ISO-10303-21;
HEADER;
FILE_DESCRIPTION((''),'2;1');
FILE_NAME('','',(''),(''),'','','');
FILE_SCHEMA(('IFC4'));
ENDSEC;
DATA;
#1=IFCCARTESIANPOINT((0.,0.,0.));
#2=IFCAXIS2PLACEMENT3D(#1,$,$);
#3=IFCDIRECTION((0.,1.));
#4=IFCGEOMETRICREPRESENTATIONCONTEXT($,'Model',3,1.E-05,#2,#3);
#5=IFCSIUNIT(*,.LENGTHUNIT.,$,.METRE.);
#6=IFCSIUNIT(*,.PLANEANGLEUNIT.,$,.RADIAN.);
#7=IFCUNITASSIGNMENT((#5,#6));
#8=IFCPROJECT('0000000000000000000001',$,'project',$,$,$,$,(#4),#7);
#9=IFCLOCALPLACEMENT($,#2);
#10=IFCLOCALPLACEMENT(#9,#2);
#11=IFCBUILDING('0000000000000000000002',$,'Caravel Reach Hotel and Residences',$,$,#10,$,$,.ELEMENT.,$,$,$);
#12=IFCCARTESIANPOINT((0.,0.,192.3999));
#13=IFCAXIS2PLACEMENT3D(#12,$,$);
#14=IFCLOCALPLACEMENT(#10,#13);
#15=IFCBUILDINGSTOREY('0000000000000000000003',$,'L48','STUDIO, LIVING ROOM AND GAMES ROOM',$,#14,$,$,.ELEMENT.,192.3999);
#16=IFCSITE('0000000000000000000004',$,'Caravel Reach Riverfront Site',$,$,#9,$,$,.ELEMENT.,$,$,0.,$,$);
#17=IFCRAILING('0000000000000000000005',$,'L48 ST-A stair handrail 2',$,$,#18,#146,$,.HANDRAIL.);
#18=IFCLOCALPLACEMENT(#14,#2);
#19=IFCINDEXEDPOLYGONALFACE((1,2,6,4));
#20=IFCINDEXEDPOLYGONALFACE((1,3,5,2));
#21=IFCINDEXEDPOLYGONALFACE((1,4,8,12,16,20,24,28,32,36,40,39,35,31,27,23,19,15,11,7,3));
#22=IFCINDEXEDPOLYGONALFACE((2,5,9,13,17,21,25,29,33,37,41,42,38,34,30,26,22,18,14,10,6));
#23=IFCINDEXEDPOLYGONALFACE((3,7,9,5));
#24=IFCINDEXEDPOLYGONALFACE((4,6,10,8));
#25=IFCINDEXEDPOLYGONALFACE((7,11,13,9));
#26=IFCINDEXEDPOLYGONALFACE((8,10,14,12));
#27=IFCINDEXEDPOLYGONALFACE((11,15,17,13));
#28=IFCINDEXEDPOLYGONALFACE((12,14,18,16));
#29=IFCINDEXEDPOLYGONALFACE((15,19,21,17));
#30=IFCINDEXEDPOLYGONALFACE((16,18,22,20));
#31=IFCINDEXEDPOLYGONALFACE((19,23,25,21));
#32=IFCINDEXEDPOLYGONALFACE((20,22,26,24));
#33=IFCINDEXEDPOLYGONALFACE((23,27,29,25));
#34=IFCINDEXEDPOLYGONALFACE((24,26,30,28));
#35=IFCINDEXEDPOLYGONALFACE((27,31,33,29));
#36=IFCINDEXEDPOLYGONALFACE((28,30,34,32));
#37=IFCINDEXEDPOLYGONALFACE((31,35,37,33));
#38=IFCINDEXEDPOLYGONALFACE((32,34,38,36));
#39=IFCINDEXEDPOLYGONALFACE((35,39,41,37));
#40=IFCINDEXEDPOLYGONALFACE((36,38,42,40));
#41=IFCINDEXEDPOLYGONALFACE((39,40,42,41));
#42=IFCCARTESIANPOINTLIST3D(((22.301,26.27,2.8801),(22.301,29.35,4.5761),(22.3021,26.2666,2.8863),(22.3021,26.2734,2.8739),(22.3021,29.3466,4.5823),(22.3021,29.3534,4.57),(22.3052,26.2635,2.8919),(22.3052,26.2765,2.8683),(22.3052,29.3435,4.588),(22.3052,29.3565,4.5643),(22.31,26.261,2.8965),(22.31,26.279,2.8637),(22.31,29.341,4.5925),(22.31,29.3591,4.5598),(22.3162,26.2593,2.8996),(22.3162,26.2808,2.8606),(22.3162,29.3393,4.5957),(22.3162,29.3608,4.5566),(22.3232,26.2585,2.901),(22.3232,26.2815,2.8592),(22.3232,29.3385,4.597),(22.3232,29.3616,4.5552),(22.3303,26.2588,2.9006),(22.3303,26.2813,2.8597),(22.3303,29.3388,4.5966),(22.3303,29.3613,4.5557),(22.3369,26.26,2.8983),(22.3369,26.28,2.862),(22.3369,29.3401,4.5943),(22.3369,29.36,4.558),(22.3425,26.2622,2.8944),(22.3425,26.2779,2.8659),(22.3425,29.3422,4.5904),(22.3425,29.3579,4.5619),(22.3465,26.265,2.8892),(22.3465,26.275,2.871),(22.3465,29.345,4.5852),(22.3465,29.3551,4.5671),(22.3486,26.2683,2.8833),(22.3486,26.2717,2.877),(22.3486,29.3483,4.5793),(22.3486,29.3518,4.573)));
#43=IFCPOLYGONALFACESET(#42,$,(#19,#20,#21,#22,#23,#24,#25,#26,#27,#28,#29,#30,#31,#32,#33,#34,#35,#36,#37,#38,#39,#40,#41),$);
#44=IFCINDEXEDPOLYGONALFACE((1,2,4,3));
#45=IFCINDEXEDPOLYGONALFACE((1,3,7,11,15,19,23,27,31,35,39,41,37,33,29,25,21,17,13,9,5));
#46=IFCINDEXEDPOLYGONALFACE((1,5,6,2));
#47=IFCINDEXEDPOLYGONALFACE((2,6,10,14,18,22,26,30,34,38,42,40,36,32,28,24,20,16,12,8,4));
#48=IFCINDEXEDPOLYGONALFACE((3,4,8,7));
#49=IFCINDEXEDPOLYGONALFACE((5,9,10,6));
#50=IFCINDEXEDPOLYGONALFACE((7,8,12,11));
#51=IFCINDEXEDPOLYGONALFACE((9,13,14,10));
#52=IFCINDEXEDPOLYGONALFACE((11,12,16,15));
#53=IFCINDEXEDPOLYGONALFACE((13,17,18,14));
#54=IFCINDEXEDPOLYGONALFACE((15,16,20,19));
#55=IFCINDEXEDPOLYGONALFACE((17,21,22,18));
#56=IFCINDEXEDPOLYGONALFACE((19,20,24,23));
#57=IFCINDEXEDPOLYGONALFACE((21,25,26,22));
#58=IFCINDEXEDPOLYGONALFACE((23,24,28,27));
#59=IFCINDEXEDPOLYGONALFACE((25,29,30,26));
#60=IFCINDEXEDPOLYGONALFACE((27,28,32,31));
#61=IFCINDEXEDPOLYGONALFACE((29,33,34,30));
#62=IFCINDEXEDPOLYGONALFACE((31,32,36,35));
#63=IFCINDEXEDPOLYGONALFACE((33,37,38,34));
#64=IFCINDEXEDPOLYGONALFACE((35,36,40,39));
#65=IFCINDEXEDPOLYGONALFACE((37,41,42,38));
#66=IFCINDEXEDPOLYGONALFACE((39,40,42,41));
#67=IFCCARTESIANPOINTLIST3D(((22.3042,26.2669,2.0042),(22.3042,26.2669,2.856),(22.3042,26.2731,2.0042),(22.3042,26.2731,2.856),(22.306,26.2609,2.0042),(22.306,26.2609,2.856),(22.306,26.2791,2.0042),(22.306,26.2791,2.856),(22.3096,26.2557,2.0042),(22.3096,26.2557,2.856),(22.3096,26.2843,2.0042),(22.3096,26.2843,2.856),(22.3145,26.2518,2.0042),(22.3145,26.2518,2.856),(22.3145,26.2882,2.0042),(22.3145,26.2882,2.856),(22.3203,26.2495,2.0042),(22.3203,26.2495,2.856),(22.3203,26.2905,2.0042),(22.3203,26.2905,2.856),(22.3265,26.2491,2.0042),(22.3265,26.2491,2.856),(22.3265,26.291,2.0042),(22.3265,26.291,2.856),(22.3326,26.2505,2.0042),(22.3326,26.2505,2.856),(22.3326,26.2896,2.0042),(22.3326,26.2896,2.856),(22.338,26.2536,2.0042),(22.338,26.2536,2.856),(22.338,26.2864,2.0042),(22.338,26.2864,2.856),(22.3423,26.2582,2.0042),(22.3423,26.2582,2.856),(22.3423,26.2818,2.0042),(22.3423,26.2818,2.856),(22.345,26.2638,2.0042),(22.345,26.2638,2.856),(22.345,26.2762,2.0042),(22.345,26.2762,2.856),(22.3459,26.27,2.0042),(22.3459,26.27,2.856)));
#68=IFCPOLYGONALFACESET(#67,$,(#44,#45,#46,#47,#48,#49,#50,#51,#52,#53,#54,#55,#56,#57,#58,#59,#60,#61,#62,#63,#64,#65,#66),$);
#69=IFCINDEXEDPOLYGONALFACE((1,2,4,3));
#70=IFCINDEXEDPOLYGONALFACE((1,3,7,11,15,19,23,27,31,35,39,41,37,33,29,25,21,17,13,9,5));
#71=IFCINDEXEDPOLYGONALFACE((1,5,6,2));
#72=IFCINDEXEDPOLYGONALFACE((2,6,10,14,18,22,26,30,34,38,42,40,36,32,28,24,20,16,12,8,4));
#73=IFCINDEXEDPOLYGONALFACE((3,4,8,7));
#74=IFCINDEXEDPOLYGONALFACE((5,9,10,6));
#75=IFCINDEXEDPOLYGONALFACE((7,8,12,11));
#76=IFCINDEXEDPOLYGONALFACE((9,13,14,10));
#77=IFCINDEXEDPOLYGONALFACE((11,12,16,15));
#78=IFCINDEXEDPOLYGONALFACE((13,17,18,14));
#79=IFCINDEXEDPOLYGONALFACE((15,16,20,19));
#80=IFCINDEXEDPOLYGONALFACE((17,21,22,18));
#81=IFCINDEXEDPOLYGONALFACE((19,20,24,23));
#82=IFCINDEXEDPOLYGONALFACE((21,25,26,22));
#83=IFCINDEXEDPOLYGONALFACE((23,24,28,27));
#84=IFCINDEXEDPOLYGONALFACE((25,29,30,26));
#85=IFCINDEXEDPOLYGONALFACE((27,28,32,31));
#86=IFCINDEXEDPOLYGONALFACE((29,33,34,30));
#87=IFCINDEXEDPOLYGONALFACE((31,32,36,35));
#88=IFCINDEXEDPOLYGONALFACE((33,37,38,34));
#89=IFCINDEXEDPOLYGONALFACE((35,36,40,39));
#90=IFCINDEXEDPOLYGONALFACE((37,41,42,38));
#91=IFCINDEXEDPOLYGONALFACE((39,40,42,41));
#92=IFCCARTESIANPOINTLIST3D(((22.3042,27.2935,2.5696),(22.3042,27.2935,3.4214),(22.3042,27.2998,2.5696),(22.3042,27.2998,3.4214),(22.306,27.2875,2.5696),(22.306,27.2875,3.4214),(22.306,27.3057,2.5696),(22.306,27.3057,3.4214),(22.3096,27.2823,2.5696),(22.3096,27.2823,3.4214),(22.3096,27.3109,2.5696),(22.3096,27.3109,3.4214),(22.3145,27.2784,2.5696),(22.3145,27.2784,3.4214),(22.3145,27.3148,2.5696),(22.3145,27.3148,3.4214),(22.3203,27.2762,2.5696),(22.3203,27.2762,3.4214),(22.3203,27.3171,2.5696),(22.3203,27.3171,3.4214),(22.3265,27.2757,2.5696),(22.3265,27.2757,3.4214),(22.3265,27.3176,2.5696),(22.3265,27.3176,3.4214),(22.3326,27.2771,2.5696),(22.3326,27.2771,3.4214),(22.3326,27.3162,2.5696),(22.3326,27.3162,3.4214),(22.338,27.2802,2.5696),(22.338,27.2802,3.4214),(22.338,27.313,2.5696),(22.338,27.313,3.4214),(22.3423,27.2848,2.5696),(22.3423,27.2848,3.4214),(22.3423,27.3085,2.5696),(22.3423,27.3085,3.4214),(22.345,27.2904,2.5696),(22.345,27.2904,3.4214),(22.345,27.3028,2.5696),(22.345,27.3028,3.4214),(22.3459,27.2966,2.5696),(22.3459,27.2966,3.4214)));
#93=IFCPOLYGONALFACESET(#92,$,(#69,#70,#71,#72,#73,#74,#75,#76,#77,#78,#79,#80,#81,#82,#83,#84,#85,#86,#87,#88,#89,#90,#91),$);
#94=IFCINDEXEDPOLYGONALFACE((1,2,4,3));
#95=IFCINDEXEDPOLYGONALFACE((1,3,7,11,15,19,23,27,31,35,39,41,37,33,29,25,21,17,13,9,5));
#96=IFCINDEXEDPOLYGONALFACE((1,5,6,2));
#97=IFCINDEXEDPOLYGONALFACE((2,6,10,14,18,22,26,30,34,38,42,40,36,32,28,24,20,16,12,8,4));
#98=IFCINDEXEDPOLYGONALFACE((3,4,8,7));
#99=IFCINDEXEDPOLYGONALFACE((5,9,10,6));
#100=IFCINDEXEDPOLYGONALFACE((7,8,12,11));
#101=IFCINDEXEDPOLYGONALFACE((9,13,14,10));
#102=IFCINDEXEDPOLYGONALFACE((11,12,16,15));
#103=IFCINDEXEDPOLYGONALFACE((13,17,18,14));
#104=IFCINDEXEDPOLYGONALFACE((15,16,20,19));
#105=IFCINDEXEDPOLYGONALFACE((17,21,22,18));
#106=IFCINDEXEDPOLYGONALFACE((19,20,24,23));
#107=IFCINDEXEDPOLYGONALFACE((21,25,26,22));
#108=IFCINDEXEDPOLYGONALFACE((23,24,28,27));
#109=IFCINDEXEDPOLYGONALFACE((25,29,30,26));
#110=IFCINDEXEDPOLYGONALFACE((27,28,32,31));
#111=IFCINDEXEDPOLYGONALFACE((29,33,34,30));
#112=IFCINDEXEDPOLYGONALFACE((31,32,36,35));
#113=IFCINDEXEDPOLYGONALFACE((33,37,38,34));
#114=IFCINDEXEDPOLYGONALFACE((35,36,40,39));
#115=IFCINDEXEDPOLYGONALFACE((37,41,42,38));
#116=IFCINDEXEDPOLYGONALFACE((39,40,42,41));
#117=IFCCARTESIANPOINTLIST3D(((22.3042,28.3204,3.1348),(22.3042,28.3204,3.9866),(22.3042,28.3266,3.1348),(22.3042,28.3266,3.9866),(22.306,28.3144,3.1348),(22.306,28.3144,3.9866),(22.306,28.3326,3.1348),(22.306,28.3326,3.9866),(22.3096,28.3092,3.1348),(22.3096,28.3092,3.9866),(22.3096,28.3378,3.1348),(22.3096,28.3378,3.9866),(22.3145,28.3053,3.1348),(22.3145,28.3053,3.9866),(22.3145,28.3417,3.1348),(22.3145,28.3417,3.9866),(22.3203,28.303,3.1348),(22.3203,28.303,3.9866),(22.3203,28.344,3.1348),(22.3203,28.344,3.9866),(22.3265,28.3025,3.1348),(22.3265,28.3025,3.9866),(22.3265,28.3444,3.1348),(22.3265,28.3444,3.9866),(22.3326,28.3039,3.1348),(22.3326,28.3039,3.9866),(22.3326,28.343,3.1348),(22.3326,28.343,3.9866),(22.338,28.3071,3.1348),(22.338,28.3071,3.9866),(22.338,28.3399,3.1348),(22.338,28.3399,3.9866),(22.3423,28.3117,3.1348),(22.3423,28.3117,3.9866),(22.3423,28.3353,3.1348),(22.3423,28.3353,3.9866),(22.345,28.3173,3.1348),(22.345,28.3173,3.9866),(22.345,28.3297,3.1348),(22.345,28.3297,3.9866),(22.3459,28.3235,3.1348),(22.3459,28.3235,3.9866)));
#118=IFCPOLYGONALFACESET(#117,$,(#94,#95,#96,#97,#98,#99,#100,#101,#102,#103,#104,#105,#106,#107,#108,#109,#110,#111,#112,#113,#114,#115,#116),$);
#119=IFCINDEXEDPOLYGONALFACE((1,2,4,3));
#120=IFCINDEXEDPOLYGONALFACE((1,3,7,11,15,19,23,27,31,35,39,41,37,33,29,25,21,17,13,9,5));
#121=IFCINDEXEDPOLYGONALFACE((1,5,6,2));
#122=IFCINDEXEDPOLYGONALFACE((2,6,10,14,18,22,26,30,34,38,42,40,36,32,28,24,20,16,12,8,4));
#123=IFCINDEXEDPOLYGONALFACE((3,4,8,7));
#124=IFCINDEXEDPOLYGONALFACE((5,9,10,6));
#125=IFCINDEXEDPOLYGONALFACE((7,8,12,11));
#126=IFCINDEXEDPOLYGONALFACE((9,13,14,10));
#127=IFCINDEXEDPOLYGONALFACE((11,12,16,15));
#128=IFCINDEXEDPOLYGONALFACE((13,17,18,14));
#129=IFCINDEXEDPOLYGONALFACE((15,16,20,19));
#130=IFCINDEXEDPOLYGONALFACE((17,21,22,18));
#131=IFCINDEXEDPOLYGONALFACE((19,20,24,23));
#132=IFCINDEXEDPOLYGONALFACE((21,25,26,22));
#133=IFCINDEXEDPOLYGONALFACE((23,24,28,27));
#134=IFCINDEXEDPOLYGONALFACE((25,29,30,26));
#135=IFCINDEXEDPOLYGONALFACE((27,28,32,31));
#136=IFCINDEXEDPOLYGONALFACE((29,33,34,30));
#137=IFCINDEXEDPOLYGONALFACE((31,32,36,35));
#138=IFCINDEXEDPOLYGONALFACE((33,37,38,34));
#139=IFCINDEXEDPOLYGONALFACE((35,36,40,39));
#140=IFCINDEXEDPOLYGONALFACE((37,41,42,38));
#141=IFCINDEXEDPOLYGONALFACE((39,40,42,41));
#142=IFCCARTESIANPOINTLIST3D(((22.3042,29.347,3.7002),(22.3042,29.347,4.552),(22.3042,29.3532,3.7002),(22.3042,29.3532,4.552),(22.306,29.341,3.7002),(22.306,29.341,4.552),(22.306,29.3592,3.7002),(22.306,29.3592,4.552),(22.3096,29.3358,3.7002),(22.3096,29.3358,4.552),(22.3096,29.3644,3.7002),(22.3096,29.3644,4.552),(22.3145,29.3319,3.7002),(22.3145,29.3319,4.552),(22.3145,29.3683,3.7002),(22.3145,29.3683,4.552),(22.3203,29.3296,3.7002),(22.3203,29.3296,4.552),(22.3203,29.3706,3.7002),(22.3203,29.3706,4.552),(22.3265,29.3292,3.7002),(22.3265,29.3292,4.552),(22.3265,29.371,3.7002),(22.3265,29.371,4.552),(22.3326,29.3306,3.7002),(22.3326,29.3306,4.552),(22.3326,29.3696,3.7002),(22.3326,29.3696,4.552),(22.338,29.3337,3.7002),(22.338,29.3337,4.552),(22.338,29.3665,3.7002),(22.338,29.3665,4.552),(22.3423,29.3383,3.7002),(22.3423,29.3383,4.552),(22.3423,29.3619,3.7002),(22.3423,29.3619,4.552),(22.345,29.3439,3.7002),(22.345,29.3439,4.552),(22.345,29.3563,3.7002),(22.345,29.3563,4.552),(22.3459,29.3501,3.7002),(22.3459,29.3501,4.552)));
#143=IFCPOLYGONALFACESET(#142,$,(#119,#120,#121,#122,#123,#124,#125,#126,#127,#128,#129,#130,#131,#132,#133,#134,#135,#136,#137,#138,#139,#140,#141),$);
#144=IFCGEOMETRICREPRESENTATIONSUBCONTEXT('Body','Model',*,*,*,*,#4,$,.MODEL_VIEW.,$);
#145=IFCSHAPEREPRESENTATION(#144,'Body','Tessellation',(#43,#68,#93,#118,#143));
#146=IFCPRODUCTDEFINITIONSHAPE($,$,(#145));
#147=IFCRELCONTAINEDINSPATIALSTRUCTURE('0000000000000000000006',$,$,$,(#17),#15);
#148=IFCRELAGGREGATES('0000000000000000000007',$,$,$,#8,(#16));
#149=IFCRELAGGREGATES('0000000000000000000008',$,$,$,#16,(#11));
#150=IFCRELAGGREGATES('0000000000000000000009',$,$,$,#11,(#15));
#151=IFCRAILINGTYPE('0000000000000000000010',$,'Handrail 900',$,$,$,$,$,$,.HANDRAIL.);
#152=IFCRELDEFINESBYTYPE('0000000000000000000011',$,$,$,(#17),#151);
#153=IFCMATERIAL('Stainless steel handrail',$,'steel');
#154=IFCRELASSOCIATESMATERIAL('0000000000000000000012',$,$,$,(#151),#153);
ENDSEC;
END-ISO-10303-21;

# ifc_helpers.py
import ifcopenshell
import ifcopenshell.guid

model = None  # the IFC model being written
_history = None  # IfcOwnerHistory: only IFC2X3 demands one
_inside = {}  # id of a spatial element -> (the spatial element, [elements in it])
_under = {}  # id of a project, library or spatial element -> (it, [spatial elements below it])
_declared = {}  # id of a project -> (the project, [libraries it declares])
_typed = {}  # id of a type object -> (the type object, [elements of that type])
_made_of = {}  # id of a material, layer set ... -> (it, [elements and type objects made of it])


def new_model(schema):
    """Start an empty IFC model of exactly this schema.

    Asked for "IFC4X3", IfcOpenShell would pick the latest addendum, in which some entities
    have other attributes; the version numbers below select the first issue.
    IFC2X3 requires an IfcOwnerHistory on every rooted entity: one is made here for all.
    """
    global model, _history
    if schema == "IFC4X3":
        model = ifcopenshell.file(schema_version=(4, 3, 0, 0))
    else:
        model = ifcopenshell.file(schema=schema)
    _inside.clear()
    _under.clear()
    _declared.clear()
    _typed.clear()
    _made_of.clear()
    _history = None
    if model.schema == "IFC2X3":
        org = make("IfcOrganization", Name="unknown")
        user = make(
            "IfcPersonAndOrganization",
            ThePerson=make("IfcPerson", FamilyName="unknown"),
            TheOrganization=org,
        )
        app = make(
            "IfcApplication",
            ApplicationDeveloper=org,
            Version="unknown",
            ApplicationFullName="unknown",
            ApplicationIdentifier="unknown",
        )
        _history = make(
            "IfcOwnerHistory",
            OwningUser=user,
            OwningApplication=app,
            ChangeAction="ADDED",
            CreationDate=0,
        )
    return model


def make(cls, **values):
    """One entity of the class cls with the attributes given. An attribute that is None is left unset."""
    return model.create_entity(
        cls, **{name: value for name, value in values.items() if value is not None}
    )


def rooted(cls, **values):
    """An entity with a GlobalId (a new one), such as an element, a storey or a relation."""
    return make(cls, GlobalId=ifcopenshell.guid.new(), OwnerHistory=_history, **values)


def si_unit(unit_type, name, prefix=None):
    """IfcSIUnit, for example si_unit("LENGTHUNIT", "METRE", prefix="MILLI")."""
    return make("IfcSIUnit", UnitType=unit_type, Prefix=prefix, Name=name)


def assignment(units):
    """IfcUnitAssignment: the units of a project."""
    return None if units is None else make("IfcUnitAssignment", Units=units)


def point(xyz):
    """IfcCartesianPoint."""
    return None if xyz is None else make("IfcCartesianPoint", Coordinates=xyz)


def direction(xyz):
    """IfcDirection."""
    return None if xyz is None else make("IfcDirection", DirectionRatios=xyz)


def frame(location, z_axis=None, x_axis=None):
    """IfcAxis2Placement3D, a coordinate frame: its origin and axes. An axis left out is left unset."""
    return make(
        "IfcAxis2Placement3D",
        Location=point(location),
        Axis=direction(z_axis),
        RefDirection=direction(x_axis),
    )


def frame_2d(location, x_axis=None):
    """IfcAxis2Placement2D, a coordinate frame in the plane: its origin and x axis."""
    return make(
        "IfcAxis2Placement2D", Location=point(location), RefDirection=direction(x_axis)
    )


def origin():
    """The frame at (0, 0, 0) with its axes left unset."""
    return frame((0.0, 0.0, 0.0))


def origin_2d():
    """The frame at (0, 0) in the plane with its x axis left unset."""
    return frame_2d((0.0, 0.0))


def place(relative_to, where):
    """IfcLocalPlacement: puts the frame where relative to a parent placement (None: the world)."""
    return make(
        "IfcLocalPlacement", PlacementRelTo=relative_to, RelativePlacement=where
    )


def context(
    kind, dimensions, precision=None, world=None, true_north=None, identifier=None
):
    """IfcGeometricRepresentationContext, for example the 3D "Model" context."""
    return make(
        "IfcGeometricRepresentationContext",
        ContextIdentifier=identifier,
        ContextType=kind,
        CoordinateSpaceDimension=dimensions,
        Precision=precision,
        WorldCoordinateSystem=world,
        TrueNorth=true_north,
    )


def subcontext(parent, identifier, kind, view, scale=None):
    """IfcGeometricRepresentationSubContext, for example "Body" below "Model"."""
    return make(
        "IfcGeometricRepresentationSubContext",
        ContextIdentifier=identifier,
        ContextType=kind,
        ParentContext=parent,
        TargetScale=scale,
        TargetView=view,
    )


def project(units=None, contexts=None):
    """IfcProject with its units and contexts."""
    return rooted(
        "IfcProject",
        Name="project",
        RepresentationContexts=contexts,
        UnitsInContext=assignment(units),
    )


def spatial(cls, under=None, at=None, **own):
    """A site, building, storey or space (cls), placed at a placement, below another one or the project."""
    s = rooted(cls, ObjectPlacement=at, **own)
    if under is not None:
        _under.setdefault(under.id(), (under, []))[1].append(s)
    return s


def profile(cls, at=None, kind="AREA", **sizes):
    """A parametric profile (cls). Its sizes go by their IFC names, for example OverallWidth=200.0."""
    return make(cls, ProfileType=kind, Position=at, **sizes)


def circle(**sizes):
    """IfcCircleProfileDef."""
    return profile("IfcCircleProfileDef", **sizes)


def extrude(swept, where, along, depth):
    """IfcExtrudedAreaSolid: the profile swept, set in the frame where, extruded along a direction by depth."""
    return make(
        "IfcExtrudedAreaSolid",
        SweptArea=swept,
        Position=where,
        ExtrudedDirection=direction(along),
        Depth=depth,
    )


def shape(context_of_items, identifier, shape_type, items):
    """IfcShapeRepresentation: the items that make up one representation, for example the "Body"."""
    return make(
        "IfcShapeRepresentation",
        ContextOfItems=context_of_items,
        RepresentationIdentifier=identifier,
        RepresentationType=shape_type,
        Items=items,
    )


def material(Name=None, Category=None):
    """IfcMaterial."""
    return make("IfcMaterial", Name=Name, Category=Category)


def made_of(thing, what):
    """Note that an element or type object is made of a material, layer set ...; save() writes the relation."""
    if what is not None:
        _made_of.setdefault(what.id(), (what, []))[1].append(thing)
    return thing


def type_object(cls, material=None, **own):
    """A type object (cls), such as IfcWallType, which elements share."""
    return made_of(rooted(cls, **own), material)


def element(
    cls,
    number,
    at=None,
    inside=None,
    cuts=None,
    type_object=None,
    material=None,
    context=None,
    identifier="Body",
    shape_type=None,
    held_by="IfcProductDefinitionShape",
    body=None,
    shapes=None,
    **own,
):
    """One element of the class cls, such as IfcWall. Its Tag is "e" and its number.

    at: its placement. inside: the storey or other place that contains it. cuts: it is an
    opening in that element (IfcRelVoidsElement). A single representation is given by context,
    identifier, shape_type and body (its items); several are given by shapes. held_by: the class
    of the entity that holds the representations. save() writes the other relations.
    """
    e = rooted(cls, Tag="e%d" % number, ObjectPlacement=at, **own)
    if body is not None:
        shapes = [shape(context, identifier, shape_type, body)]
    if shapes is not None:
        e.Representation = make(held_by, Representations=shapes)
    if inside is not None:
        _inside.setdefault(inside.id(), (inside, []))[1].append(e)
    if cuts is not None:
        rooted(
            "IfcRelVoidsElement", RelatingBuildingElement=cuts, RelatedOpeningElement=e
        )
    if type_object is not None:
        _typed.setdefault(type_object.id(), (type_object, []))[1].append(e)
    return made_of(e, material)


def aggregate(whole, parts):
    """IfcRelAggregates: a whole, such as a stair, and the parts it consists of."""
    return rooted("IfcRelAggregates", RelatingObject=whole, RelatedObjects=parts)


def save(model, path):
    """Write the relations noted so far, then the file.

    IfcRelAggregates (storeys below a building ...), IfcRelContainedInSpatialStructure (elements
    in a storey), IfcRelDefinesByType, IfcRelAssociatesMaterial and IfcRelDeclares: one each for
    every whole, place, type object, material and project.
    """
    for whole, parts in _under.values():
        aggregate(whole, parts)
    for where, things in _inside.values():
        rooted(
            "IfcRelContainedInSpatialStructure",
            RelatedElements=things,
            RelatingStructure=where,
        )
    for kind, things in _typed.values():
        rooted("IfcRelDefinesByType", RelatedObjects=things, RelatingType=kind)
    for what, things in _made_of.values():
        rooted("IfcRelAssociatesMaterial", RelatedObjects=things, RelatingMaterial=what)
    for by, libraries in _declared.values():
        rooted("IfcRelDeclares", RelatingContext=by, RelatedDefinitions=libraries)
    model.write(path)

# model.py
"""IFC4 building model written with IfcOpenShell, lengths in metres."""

from ifc_helpers import new_model, si_unit, direction, frame, origin, origin_2d, place, context, subcontext, project, spatial, circle, extrude, material, type_object, element, save


model = new_model("IFC4")

# Units and contexts
model_context = context("Model", 3, precision=1e-05, world=origin(), true_north=direction((0.0, 1.0)))
body_context = subcontext(model_context, "Body", "Model", "MODEL_VIEW")
ifc_project = project(units=[si_unit("LENGTHUNIT", "METRE"), si_unit("PLANEANGLEUNIT", "RADIAN")], contexts=[model_context])

# Site, building, storey
site_placement = place(None, origin())
site = spatial("IfcSite", under=ifc_project, at=site_placement, Name="Caravel Reach Riverfront Site", CompositionType="ELEMENT", RefElevation=0.0)
building_placement = place(site_placement, origin())
building = spatial("IfcBuilding", under=site, at=building_placement, Name="Caravel Reach Hotel and Residences", CompositionType="ELEMENT")
storey_placement = place(building_placement, frame((0.0, 0.0, 192.3999)))
storey = spatial("IfcBuildingStorey", under=building, at=storey_placement, Name="L48", Description="STUDIO, LIVING ROOM AND GAMES ROOM", CompositionType="ELEMENT", Elevation=192.3999)

# Railing
ifc_material_1 = material(Name="Stainless steel handrail", Category="steel")
railing_type_1 = type_object("IfcRailingType", Name="Handrail 900", PredefinedType="HANDRAIL", material=ifc_material_1)
railing_1_placement = place(storey_placement, frame((22.325, 26.27, 2.0042)))
element("IfcRailing", 1, at=railing_1_placement, inside=storey, type_object=railing_type_1, Name="L48 ST-A stair handrail 2", PredefinedType="HANDRAIL", context=body_context, shape_type="SweptSolid", body=[
    extrude(circle(Radius=0.0239, at=origin_2d()), frame((0.0, 0.0, 0.876), z_axis=(0.0, 0.875975, 0.482356), x_axis=(-1.0, 0.0, 0.0)), (0.0, 0.0, 1.0), 3.5161),
    extrude(circle(Radius=0.021, at=origin_2d()), origin(), (0.0, 0.0, 1.0), 0.8518),
    extrude(circle(Radius=0.021, at=origin_2d()), frame((0.0, 1.0266, 0.5654)), (0.0, 0.0, 1.0), 0.8518),
    extrude(circle(Radius=0.021, at=origin_2d()), frame((0.0, 2.0535, 1.1306)), (0.0, 0.0, 1.0), 0.8518),
    extrude(circle(Radius=0.021, at=origin_2d()), frame((0.0, 3.0801, 1.696)), (0.0, 0.0, 1.0), 0.8518),
])

save(model, "model.ifc")
